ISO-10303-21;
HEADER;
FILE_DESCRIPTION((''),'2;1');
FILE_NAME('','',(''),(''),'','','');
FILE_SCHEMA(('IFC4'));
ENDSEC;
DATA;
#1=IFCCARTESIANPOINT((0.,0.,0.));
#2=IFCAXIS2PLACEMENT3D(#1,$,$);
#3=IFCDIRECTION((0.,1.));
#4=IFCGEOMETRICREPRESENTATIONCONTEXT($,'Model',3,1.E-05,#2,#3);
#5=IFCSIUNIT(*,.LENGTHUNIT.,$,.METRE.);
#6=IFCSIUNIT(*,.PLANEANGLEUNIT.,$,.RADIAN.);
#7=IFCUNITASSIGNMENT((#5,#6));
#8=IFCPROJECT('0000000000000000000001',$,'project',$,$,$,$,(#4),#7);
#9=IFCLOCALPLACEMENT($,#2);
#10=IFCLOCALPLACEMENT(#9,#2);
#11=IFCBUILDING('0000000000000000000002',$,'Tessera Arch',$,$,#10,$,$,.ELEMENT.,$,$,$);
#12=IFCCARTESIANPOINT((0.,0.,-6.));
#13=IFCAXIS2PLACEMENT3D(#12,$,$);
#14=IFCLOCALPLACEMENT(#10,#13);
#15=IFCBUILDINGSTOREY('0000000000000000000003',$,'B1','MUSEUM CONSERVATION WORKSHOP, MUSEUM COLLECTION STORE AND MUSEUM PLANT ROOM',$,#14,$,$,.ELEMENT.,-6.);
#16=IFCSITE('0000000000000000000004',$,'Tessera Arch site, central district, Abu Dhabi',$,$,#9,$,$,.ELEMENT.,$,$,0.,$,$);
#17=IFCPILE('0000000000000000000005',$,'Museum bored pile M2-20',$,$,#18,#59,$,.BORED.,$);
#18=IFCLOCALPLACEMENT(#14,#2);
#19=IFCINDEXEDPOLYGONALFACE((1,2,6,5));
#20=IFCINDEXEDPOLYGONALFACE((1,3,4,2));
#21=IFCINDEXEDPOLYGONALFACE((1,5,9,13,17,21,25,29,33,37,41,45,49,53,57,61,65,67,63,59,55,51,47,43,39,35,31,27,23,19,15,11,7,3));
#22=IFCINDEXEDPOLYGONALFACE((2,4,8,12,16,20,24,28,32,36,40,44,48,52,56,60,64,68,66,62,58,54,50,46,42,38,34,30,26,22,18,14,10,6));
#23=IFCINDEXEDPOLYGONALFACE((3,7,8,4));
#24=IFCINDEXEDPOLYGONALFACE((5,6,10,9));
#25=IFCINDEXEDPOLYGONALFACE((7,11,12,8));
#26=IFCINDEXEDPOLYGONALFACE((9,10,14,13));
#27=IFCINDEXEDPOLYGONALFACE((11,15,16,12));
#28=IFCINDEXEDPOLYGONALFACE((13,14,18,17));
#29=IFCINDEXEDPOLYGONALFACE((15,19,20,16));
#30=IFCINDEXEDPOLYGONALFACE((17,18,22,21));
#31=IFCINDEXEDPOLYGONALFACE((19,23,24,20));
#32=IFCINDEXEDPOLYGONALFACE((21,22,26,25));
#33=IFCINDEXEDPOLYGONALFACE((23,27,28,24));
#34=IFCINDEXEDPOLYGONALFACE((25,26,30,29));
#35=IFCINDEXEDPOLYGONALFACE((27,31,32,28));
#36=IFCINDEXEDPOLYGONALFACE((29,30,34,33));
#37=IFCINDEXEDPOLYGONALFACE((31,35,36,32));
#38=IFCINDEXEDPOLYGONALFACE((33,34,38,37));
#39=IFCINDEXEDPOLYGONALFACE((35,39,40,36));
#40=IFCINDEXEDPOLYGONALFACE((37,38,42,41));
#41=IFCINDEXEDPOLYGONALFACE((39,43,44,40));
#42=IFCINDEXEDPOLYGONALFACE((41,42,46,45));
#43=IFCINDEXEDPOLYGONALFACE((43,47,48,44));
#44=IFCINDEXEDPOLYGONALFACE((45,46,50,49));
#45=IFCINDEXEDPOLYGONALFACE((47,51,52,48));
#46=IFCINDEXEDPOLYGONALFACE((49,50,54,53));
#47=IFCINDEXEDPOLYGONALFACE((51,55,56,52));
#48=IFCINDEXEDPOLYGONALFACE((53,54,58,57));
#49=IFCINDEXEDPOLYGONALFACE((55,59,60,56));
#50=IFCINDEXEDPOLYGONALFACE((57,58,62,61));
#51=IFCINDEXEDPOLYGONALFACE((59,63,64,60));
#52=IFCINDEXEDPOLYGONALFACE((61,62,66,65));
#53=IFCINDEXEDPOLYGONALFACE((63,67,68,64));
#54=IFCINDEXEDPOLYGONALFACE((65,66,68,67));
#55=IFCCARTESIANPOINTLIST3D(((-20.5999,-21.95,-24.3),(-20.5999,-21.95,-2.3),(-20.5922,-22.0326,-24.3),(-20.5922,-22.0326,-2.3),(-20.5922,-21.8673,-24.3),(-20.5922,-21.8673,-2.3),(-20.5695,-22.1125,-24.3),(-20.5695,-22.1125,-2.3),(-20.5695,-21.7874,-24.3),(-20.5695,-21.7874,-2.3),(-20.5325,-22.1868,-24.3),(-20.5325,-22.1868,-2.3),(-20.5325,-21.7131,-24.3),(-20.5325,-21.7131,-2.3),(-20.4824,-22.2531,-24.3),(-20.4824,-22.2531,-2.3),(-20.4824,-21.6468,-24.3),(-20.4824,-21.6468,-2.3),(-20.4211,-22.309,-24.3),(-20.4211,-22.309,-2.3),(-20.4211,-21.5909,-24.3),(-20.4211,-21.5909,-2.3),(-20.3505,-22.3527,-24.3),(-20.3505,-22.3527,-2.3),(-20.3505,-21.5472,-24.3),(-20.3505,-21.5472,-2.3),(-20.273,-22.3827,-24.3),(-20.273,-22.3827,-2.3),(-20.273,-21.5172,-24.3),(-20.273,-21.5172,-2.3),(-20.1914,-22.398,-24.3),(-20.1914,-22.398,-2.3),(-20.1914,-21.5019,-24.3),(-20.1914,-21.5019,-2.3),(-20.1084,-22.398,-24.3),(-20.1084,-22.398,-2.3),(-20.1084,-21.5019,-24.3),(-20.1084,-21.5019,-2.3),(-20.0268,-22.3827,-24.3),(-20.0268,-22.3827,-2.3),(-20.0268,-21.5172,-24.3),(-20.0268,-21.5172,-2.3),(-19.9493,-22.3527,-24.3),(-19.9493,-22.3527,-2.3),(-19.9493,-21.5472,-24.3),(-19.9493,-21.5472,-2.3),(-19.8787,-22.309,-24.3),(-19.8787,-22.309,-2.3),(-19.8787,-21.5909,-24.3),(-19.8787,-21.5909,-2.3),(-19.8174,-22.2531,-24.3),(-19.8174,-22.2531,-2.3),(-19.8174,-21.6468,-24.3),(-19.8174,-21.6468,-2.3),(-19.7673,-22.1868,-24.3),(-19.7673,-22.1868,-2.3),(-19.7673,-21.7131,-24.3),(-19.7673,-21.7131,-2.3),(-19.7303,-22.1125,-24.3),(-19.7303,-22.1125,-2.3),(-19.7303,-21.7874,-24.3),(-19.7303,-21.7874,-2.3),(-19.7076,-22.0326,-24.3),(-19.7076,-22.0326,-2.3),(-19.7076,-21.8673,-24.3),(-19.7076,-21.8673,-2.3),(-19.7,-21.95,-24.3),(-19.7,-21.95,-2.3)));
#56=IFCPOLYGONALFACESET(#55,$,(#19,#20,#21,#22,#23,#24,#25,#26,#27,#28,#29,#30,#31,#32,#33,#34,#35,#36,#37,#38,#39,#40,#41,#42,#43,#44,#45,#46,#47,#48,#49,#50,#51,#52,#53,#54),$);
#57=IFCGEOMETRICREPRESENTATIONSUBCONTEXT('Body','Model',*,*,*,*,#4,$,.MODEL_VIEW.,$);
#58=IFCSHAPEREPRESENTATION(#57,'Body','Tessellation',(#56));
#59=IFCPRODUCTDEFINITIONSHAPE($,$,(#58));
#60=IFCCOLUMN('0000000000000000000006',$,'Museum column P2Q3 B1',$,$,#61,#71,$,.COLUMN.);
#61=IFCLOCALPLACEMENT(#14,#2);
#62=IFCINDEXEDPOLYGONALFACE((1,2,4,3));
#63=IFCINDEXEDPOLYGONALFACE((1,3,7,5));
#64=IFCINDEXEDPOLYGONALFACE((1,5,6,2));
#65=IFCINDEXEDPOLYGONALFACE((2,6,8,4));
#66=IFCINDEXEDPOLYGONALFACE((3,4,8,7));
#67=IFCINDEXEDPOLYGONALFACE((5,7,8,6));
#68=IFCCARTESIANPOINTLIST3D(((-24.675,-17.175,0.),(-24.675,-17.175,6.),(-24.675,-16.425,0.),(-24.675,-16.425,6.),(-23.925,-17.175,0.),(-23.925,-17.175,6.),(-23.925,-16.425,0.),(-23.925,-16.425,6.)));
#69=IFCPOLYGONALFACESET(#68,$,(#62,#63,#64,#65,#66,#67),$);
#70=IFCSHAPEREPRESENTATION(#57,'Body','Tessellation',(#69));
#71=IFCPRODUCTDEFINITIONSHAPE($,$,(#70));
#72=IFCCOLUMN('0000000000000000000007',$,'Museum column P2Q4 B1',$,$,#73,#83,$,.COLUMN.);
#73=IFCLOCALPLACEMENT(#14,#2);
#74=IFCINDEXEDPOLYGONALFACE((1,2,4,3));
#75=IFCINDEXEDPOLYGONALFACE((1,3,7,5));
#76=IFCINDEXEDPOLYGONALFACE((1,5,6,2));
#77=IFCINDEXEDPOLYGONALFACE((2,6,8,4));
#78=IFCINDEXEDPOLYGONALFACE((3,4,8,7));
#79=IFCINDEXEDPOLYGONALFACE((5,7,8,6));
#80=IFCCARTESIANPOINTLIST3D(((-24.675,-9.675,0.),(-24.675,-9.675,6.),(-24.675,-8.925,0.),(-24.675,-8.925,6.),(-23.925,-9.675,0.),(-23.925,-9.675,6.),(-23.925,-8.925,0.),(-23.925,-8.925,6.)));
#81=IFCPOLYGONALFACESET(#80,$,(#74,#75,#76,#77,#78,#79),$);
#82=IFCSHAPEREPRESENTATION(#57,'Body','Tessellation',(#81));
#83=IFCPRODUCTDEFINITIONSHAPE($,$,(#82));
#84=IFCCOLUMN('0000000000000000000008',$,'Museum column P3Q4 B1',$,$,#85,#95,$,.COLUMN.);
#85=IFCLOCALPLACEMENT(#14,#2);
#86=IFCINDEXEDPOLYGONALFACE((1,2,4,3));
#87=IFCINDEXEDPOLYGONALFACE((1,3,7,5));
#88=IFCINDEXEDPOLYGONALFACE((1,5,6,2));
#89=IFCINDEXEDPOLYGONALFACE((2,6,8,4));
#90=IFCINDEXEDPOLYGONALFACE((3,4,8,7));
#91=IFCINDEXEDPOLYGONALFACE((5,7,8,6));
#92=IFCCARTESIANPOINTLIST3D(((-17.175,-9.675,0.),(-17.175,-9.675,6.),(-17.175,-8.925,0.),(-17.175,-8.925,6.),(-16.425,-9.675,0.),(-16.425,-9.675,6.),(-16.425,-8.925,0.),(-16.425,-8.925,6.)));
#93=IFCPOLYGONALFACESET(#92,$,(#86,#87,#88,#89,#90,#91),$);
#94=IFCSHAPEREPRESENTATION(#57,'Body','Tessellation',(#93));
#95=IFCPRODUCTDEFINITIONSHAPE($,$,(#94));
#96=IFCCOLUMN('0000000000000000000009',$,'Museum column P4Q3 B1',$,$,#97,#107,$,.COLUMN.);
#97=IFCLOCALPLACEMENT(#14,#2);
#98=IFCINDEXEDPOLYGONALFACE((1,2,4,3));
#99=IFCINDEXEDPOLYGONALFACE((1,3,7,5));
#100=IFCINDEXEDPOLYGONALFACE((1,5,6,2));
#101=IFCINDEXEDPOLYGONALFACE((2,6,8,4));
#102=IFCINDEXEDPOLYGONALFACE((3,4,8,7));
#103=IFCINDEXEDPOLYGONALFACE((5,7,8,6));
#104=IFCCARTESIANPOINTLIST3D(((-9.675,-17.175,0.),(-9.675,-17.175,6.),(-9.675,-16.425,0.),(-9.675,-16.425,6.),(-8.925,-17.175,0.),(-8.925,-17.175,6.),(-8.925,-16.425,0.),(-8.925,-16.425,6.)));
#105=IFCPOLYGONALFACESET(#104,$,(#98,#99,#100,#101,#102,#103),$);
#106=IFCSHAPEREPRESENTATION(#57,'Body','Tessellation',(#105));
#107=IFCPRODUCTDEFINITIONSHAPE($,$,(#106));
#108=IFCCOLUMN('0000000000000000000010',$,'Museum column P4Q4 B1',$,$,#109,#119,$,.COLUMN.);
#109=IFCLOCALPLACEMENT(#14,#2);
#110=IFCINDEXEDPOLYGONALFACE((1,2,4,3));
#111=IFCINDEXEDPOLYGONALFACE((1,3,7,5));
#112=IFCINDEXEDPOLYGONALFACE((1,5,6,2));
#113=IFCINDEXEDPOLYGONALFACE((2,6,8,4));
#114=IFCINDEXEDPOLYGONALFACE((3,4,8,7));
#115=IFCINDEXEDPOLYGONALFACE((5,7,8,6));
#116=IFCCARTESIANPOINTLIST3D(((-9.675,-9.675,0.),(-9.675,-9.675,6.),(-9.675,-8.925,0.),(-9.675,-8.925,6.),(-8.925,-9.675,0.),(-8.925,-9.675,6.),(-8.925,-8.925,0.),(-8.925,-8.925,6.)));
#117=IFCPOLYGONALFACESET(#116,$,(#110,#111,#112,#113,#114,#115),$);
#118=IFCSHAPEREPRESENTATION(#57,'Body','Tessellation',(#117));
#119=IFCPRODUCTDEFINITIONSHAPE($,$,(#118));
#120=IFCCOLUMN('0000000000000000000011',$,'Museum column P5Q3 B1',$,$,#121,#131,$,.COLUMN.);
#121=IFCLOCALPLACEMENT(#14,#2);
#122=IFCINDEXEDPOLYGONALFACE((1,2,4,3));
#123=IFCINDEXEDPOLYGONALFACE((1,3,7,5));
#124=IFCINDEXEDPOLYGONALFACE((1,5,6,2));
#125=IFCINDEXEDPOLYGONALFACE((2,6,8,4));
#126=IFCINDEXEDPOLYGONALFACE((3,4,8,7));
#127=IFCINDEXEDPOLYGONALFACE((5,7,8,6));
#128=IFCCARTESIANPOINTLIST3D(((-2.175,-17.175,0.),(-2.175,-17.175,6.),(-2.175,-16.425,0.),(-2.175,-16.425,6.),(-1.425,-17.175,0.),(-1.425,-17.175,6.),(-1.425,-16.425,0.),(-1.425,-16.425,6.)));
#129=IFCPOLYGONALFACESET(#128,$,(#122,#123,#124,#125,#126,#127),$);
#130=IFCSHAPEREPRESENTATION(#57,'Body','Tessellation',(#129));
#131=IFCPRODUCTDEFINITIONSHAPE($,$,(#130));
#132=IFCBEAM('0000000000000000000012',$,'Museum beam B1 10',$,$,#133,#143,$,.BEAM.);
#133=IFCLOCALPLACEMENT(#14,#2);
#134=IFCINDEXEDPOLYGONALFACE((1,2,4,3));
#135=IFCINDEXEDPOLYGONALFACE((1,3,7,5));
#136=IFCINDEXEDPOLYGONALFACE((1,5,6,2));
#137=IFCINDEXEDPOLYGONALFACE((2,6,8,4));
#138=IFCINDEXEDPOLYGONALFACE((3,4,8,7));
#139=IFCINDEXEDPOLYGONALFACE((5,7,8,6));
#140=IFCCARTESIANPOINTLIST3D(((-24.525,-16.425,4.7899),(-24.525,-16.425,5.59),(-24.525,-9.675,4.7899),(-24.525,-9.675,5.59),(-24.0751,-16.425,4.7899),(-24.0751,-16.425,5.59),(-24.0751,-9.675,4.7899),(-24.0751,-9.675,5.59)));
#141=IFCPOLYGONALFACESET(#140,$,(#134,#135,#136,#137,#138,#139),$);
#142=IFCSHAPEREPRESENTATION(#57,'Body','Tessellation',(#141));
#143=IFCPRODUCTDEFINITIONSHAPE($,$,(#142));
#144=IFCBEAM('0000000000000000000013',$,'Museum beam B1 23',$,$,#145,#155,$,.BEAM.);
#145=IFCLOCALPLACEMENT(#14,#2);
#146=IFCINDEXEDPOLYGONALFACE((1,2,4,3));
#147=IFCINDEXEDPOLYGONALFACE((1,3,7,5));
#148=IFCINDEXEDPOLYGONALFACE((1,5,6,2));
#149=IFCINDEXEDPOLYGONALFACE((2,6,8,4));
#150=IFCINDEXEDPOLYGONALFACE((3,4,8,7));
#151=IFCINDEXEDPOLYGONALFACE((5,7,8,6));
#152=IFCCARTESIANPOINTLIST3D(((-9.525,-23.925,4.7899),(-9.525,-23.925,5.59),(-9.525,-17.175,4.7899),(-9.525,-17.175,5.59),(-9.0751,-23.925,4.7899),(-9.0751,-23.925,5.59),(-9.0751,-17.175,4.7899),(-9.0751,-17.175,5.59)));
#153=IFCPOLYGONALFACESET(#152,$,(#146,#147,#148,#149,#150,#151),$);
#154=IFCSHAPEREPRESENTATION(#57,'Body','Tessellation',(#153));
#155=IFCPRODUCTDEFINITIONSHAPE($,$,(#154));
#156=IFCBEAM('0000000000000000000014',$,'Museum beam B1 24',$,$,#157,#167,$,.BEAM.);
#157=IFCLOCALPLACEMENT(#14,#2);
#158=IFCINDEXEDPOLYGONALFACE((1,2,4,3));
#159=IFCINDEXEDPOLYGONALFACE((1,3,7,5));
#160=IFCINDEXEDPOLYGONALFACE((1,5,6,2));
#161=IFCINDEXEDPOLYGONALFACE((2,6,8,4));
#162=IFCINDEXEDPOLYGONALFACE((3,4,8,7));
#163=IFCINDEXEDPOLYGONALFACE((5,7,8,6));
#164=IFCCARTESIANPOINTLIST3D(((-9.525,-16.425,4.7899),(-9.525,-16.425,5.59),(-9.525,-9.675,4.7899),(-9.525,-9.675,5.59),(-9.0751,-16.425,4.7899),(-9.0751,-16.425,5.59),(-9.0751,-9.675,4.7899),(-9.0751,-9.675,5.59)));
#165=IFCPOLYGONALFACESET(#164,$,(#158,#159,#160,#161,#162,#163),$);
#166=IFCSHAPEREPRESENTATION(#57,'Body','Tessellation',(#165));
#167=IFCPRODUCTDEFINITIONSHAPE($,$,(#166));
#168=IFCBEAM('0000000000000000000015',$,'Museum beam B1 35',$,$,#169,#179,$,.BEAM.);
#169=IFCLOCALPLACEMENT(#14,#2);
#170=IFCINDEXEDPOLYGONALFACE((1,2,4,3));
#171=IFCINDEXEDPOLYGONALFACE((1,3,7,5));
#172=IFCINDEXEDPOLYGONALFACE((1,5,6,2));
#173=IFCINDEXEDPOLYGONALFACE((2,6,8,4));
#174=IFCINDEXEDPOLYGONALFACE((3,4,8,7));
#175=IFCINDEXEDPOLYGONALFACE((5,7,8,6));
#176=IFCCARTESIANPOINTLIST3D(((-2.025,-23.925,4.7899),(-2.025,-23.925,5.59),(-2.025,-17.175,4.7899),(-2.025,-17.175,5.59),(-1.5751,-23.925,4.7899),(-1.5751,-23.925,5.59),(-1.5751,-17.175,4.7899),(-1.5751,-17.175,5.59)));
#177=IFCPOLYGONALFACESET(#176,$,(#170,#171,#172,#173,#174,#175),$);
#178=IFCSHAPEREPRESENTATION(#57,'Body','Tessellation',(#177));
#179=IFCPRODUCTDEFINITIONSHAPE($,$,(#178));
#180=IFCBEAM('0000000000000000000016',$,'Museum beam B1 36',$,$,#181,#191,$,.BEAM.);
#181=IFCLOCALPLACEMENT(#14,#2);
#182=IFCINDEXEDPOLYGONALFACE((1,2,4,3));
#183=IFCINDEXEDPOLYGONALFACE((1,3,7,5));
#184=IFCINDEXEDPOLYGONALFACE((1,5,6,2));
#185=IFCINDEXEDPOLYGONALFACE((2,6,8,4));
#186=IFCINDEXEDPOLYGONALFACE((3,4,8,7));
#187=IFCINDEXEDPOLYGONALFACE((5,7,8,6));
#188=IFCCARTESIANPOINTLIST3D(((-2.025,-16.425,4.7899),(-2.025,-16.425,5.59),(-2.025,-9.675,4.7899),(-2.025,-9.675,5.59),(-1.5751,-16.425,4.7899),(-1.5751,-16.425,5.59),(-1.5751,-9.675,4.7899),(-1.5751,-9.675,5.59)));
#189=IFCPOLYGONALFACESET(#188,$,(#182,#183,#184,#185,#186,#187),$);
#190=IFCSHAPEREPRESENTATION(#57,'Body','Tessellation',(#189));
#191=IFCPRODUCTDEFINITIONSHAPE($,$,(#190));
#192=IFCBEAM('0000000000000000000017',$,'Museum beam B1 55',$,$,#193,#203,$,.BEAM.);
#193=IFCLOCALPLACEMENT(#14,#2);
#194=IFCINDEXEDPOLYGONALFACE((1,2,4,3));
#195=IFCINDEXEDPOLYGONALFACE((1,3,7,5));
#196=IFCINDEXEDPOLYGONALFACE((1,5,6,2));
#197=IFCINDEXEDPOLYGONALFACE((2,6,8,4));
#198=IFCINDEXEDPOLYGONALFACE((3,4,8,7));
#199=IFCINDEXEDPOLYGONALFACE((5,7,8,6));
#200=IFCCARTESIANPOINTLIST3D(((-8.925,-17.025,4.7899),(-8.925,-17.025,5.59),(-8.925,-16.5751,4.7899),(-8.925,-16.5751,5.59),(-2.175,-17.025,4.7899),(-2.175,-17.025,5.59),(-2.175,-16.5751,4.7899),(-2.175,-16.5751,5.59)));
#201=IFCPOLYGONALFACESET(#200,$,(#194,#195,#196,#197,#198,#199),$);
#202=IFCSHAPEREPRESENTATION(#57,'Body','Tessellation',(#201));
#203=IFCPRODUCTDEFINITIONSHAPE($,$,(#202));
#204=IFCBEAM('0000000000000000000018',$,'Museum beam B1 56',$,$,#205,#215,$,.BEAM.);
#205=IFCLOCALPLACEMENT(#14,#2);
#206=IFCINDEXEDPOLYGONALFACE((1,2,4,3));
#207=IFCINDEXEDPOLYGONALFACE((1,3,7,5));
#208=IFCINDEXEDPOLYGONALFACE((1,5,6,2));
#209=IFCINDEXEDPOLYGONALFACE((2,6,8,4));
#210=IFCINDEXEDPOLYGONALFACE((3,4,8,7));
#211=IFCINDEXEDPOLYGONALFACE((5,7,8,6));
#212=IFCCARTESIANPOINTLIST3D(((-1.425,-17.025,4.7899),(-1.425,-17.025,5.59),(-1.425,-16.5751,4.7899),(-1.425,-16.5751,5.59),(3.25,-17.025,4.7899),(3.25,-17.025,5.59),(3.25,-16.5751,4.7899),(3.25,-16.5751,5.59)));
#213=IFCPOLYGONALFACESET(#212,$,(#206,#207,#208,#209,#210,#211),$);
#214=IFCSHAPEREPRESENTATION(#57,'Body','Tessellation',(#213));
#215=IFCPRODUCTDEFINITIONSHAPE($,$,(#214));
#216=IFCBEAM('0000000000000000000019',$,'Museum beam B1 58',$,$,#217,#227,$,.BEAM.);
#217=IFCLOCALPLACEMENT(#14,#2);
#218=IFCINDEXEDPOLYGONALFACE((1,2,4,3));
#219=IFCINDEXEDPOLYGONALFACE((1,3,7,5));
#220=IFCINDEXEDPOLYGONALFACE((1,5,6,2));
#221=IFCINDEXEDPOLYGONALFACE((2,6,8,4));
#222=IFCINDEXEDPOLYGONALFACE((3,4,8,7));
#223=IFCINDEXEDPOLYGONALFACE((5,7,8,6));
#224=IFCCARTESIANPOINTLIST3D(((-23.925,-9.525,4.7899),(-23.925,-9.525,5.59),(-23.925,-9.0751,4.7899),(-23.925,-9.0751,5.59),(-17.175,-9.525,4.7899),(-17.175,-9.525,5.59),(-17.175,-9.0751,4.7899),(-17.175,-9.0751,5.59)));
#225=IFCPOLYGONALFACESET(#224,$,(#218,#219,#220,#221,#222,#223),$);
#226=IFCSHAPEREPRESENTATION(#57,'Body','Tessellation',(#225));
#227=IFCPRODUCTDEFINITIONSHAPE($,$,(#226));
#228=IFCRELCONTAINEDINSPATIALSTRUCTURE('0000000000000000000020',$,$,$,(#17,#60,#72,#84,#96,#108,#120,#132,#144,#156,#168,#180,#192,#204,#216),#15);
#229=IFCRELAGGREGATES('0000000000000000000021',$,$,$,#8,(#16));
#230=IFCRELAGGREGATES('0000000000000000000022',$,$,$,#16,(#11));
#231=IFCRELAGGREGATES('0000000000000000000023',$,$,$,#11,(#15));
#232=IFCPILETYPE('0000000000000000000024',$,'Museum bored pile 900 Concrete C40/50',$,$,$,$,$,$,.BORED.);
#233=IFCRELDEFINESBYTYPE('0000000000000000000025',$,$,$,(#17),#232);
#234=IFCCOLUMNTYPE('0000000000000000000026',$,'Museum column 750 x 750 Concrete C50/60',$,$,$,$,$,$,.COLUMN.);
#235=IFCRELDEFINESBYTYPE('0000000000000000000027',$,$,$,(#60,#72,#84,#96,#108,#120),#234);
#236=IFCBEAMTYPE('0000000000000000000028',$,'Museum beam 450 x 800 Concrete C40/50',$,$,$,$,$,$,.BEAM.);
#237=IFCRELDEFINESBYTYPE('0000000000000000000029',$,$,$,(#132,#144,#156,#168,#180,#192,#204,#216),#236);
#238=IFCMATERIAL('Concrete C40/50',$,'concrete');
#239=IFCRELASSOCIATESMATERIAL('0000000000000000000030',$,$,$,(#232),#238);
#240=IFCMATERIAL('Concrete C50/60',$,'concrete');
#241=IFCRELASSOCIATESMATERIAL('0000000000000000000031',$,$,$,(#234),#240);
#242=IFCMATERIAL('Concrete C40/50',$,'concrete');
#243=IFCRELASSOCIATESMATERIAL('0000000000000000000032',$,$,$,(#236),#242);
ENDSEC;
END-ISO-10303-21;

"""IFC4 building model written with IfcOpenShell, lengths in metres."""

from ifc_helpers import new_model, si_unit, direction, frame, origin, origin_2d, place, context, subcontext, project, spatial, rectangle, circle, extrude, material, material_profile, profile_set, type_object, element, save


model = new_model("IFC4")

# Units and contexts
model_context = context("Model", 3, precision=1e-05, world=origin(), true_north=direction((0.0, 1.0)))
body_context = subcontext(model_context, "Body", "Model", "MODEL_VIEW")
ifc_project = project(units=[si_unit("LENGTHUNIT", "METRE"), si_unit("PLANEANGLEUNIT", "RADIAN")], contexts=[model_context])

# Site, building, storey
site_placement = place(None, origin())
site = spatial("IfcSite", under=ifc_project, at=site_placement, Name="Tessera Arch site, central district, Abu Dhabi", CompositionType="ELEMENT", RefElevation=0.0)
building_placement = place(site_placement, origin())
building = spatial("IfcBuilding", under=site, at=building_placement, Name="Tessera Arch", CompositionType="ELEMENT")
storey_placement = place(building_placement, frame((0.0, 0.0, -6.0)))
storey = spatial("IfcBuildingStorey", under=building, at=storey_placement, Name="B1", Description="MUSEUM CONSERVATION WORKSHOP, MUSEUM COLLECTION STORE AND MUSEUM PLANT ROOM", CompositionType="ELEMENT", Elevation=-6.0)

# Pile
ifc_material_1 = material(Name="Concrete C40/50", Category="concrete")
pile_type = type_object("IfcPileType", Name="Museum bored pile 900 Concrete C40/50", PredefinedType="BORED", material=ifc_material_1)
for number, where, z_axis, x_axis, name in (
    (1, (-20.1499, -21.95, -2.3), (0.0, 0.0, -1.0), (1.0, 0.0, 0.0), "Museum bored pile M2-20"),
):
    element("IfcPile", number, at=place(storey_placement, frame(where, z_axis=z_axis, x_axis=x_axis)), inside=storey, type_object=pile_type, Name=name, PredefinedType="BORED", context=body_context, shape_type="SweptSolid", body=[
        extrude(circle(Radius=0.45, at=origin_2d()), origin(), (0.0, 0.0, 1.0), 22.0),
    ])

# Columns
ifc_material_2 = material(Name="Concrete C50/60", Category="concrete")
ifc_material_profile_1 = material_profile(ifc_material_2, rectangle(XDim=0.75, YDim=0.75, at=origin_2d()), Name="Museum column 750 x 750 Concrete C50/60")
ifc_profile_set_1 = profile_set([ifc_material_profile_1], Name="Concrete C50/60")
column_type = type_object("IfcColumnType", Name="Museum column 750 x 750 Concrete C50/60", PredefinedType="COLUMN", material=ifc_profile_set_1)
for number, where, z_axis, x_axis, name in (
    (2, (-24.3, -16.8, 0.0), (0.0, 0.0, 1.0), (1.0, 0.0, 0.0), "Museum column P2Q3 B1"),
    (3, (-24.3, -9.3, 0.0), (0.0, 0.0, 1.0), (1.0, 0.0, 0.0), "Museum column P2Q4 B1"),
    (4, (-16.8, -9.3, 0.0), (0.0, 0.0, 1.0), (1.0, 0.0, 0.0), "Museum column P3Q4 B1"),
    (5, (-9.3, -16.8, 0.0), (0.0, 0.0, 1.0), (1.0, 0.0, 0.0), "Museum column P4Q3 B1"),
    (6, (-9.3, -9.3, 0.0), (0.0, 0.0, 1.0), (1.0, 0.0, 0.0), "Museum column P4Q4 B1"),
    (7, (-1.8, -16.8, 0.0), (0.0, 0.0, 1.0), (1.0, 0.0, 0.0), "Museum column P5Q3 B1"),
):
    element("IfcColumn", number, at=place(storey_placement, frame(where, z_axis=z_axis, x_axis=x_axis)), inside=storey, type_object=column_type, Name=name, PredefinedType="COLUMN", context=body_context, shape_type="SweptSolid", body=[
        extrude(rectangle(XDim=0.75, YDim=0.75, at=origin_2d()), origin(), (0.0, 0.0, 1.0), 6.0),
    ])

# Beams
ifc_material_3 = material(Name="Concrete C40/50", Category="concrete")
ifc_material_profile_2 = material_profile(ifc_material_3, rectangle(XDim=0.45, YDim=0.8, at=origin_2d()), Name="Museum beam 450 x 800 Concrete C40/50")
ifc_profile_set_2 = profile_set([ifc_material_profile_2], Name="Concrete C40/50")
beam_type = type_object("IfcBeamType", Name="Museum beam 450 x 800 Concrete C40/50", PredefinedType="BEAM", material=ifc_profile_set_2)
for number, where, z_axis, x_axis, name in (
    (8, (-24.3, -16.425, 5.1899), (0.0, 1.0, 0.0), (-1.0, 0.0, 0.0), "Museum beam B1 10"),
    (9, (-9.3, -23.925, 5.1899), (0.0, 1.0, 0.0), (-1.0, 0.0, 0.0), "Museum beam B1 23"),
    (10, (-9.3, -16.425, 5.1899), (0.0, 1.0, 0.0), (-1.0, 0.0, 0.0), "Museum beam B1 24"),
    (11, (-1.8, -23.925, 5.1899), (0.0, 1.0, 0.0), (-1.0, 0.0, 0.0), "Museum beam B1 35"),
    (12, (-1.8, -16.425, 5.1899), (0.0, 1.0, 0.0), (-1.0, 0.0, 0.0), "Museum beam B1 36"),
    (13, (-8.925, -16.8, 5.1899), (1.0, 0.0, 0.0), (0.0, 1.0, 0.0), "Museum beam B1 55"),
):
    element("IfcBeam", number, at=place(storey_placement, frame(where, z_axis=z_axis, x_axis=x_axis)), inside=storey, type_object=beam_type, Name=name, PredefinedType="BEAM", context=body_context, shape_type="SweptSolid", body=[
        extrude(rectangle(XDim=0.45, YDim=0.8, at=origin_2d()), origin(), (0.0, 0.0, 1.0), 6.75),
    ])
beam_1_placement = place(storey_placement, frame((-1.425, -16.8, 5.1899), z_axis=(1.0, 0.0, 0.0), x_axis=(0.0, 1.0, 0.0)))
element("IfcBeam", 14, at=beam_1_placement, inside=storey, type_object=beam_type, Name="Museum beam B1 56", PredefinedType="BEAM", context=body_context, shape_type="SweptSolid", body=[
    extrude(rectangle(XDim=0.45, YDim=0.8, at=origin_2d()), origin(), (0.0, 0.0, 1.0), 4.675),
])
for number, where, z_axis, x_axis, name in (
    (15, (-23.925, -9.3, 5.1899), (1.0, 0.0, 0.0), (0.0, 1.0, 0.0), "Museum beam B1 58"),
):
    element("IfcBeam", number, at=place(storey_placement, frame(where, z_axis=z_axis, x_axis=x_axis)), inside=storey, type_object=beam_type, Name=name, PredefinedType="BEAM", context=body_context, shape_type="SweptSolid", body=[
        extrude(rectangle(XDim=0.45, YDim=0.8, at=origin_2d()), origin(), (0.0, 0.0, 1.0), 6.75),
    ])

save(model, "model.ifc")
